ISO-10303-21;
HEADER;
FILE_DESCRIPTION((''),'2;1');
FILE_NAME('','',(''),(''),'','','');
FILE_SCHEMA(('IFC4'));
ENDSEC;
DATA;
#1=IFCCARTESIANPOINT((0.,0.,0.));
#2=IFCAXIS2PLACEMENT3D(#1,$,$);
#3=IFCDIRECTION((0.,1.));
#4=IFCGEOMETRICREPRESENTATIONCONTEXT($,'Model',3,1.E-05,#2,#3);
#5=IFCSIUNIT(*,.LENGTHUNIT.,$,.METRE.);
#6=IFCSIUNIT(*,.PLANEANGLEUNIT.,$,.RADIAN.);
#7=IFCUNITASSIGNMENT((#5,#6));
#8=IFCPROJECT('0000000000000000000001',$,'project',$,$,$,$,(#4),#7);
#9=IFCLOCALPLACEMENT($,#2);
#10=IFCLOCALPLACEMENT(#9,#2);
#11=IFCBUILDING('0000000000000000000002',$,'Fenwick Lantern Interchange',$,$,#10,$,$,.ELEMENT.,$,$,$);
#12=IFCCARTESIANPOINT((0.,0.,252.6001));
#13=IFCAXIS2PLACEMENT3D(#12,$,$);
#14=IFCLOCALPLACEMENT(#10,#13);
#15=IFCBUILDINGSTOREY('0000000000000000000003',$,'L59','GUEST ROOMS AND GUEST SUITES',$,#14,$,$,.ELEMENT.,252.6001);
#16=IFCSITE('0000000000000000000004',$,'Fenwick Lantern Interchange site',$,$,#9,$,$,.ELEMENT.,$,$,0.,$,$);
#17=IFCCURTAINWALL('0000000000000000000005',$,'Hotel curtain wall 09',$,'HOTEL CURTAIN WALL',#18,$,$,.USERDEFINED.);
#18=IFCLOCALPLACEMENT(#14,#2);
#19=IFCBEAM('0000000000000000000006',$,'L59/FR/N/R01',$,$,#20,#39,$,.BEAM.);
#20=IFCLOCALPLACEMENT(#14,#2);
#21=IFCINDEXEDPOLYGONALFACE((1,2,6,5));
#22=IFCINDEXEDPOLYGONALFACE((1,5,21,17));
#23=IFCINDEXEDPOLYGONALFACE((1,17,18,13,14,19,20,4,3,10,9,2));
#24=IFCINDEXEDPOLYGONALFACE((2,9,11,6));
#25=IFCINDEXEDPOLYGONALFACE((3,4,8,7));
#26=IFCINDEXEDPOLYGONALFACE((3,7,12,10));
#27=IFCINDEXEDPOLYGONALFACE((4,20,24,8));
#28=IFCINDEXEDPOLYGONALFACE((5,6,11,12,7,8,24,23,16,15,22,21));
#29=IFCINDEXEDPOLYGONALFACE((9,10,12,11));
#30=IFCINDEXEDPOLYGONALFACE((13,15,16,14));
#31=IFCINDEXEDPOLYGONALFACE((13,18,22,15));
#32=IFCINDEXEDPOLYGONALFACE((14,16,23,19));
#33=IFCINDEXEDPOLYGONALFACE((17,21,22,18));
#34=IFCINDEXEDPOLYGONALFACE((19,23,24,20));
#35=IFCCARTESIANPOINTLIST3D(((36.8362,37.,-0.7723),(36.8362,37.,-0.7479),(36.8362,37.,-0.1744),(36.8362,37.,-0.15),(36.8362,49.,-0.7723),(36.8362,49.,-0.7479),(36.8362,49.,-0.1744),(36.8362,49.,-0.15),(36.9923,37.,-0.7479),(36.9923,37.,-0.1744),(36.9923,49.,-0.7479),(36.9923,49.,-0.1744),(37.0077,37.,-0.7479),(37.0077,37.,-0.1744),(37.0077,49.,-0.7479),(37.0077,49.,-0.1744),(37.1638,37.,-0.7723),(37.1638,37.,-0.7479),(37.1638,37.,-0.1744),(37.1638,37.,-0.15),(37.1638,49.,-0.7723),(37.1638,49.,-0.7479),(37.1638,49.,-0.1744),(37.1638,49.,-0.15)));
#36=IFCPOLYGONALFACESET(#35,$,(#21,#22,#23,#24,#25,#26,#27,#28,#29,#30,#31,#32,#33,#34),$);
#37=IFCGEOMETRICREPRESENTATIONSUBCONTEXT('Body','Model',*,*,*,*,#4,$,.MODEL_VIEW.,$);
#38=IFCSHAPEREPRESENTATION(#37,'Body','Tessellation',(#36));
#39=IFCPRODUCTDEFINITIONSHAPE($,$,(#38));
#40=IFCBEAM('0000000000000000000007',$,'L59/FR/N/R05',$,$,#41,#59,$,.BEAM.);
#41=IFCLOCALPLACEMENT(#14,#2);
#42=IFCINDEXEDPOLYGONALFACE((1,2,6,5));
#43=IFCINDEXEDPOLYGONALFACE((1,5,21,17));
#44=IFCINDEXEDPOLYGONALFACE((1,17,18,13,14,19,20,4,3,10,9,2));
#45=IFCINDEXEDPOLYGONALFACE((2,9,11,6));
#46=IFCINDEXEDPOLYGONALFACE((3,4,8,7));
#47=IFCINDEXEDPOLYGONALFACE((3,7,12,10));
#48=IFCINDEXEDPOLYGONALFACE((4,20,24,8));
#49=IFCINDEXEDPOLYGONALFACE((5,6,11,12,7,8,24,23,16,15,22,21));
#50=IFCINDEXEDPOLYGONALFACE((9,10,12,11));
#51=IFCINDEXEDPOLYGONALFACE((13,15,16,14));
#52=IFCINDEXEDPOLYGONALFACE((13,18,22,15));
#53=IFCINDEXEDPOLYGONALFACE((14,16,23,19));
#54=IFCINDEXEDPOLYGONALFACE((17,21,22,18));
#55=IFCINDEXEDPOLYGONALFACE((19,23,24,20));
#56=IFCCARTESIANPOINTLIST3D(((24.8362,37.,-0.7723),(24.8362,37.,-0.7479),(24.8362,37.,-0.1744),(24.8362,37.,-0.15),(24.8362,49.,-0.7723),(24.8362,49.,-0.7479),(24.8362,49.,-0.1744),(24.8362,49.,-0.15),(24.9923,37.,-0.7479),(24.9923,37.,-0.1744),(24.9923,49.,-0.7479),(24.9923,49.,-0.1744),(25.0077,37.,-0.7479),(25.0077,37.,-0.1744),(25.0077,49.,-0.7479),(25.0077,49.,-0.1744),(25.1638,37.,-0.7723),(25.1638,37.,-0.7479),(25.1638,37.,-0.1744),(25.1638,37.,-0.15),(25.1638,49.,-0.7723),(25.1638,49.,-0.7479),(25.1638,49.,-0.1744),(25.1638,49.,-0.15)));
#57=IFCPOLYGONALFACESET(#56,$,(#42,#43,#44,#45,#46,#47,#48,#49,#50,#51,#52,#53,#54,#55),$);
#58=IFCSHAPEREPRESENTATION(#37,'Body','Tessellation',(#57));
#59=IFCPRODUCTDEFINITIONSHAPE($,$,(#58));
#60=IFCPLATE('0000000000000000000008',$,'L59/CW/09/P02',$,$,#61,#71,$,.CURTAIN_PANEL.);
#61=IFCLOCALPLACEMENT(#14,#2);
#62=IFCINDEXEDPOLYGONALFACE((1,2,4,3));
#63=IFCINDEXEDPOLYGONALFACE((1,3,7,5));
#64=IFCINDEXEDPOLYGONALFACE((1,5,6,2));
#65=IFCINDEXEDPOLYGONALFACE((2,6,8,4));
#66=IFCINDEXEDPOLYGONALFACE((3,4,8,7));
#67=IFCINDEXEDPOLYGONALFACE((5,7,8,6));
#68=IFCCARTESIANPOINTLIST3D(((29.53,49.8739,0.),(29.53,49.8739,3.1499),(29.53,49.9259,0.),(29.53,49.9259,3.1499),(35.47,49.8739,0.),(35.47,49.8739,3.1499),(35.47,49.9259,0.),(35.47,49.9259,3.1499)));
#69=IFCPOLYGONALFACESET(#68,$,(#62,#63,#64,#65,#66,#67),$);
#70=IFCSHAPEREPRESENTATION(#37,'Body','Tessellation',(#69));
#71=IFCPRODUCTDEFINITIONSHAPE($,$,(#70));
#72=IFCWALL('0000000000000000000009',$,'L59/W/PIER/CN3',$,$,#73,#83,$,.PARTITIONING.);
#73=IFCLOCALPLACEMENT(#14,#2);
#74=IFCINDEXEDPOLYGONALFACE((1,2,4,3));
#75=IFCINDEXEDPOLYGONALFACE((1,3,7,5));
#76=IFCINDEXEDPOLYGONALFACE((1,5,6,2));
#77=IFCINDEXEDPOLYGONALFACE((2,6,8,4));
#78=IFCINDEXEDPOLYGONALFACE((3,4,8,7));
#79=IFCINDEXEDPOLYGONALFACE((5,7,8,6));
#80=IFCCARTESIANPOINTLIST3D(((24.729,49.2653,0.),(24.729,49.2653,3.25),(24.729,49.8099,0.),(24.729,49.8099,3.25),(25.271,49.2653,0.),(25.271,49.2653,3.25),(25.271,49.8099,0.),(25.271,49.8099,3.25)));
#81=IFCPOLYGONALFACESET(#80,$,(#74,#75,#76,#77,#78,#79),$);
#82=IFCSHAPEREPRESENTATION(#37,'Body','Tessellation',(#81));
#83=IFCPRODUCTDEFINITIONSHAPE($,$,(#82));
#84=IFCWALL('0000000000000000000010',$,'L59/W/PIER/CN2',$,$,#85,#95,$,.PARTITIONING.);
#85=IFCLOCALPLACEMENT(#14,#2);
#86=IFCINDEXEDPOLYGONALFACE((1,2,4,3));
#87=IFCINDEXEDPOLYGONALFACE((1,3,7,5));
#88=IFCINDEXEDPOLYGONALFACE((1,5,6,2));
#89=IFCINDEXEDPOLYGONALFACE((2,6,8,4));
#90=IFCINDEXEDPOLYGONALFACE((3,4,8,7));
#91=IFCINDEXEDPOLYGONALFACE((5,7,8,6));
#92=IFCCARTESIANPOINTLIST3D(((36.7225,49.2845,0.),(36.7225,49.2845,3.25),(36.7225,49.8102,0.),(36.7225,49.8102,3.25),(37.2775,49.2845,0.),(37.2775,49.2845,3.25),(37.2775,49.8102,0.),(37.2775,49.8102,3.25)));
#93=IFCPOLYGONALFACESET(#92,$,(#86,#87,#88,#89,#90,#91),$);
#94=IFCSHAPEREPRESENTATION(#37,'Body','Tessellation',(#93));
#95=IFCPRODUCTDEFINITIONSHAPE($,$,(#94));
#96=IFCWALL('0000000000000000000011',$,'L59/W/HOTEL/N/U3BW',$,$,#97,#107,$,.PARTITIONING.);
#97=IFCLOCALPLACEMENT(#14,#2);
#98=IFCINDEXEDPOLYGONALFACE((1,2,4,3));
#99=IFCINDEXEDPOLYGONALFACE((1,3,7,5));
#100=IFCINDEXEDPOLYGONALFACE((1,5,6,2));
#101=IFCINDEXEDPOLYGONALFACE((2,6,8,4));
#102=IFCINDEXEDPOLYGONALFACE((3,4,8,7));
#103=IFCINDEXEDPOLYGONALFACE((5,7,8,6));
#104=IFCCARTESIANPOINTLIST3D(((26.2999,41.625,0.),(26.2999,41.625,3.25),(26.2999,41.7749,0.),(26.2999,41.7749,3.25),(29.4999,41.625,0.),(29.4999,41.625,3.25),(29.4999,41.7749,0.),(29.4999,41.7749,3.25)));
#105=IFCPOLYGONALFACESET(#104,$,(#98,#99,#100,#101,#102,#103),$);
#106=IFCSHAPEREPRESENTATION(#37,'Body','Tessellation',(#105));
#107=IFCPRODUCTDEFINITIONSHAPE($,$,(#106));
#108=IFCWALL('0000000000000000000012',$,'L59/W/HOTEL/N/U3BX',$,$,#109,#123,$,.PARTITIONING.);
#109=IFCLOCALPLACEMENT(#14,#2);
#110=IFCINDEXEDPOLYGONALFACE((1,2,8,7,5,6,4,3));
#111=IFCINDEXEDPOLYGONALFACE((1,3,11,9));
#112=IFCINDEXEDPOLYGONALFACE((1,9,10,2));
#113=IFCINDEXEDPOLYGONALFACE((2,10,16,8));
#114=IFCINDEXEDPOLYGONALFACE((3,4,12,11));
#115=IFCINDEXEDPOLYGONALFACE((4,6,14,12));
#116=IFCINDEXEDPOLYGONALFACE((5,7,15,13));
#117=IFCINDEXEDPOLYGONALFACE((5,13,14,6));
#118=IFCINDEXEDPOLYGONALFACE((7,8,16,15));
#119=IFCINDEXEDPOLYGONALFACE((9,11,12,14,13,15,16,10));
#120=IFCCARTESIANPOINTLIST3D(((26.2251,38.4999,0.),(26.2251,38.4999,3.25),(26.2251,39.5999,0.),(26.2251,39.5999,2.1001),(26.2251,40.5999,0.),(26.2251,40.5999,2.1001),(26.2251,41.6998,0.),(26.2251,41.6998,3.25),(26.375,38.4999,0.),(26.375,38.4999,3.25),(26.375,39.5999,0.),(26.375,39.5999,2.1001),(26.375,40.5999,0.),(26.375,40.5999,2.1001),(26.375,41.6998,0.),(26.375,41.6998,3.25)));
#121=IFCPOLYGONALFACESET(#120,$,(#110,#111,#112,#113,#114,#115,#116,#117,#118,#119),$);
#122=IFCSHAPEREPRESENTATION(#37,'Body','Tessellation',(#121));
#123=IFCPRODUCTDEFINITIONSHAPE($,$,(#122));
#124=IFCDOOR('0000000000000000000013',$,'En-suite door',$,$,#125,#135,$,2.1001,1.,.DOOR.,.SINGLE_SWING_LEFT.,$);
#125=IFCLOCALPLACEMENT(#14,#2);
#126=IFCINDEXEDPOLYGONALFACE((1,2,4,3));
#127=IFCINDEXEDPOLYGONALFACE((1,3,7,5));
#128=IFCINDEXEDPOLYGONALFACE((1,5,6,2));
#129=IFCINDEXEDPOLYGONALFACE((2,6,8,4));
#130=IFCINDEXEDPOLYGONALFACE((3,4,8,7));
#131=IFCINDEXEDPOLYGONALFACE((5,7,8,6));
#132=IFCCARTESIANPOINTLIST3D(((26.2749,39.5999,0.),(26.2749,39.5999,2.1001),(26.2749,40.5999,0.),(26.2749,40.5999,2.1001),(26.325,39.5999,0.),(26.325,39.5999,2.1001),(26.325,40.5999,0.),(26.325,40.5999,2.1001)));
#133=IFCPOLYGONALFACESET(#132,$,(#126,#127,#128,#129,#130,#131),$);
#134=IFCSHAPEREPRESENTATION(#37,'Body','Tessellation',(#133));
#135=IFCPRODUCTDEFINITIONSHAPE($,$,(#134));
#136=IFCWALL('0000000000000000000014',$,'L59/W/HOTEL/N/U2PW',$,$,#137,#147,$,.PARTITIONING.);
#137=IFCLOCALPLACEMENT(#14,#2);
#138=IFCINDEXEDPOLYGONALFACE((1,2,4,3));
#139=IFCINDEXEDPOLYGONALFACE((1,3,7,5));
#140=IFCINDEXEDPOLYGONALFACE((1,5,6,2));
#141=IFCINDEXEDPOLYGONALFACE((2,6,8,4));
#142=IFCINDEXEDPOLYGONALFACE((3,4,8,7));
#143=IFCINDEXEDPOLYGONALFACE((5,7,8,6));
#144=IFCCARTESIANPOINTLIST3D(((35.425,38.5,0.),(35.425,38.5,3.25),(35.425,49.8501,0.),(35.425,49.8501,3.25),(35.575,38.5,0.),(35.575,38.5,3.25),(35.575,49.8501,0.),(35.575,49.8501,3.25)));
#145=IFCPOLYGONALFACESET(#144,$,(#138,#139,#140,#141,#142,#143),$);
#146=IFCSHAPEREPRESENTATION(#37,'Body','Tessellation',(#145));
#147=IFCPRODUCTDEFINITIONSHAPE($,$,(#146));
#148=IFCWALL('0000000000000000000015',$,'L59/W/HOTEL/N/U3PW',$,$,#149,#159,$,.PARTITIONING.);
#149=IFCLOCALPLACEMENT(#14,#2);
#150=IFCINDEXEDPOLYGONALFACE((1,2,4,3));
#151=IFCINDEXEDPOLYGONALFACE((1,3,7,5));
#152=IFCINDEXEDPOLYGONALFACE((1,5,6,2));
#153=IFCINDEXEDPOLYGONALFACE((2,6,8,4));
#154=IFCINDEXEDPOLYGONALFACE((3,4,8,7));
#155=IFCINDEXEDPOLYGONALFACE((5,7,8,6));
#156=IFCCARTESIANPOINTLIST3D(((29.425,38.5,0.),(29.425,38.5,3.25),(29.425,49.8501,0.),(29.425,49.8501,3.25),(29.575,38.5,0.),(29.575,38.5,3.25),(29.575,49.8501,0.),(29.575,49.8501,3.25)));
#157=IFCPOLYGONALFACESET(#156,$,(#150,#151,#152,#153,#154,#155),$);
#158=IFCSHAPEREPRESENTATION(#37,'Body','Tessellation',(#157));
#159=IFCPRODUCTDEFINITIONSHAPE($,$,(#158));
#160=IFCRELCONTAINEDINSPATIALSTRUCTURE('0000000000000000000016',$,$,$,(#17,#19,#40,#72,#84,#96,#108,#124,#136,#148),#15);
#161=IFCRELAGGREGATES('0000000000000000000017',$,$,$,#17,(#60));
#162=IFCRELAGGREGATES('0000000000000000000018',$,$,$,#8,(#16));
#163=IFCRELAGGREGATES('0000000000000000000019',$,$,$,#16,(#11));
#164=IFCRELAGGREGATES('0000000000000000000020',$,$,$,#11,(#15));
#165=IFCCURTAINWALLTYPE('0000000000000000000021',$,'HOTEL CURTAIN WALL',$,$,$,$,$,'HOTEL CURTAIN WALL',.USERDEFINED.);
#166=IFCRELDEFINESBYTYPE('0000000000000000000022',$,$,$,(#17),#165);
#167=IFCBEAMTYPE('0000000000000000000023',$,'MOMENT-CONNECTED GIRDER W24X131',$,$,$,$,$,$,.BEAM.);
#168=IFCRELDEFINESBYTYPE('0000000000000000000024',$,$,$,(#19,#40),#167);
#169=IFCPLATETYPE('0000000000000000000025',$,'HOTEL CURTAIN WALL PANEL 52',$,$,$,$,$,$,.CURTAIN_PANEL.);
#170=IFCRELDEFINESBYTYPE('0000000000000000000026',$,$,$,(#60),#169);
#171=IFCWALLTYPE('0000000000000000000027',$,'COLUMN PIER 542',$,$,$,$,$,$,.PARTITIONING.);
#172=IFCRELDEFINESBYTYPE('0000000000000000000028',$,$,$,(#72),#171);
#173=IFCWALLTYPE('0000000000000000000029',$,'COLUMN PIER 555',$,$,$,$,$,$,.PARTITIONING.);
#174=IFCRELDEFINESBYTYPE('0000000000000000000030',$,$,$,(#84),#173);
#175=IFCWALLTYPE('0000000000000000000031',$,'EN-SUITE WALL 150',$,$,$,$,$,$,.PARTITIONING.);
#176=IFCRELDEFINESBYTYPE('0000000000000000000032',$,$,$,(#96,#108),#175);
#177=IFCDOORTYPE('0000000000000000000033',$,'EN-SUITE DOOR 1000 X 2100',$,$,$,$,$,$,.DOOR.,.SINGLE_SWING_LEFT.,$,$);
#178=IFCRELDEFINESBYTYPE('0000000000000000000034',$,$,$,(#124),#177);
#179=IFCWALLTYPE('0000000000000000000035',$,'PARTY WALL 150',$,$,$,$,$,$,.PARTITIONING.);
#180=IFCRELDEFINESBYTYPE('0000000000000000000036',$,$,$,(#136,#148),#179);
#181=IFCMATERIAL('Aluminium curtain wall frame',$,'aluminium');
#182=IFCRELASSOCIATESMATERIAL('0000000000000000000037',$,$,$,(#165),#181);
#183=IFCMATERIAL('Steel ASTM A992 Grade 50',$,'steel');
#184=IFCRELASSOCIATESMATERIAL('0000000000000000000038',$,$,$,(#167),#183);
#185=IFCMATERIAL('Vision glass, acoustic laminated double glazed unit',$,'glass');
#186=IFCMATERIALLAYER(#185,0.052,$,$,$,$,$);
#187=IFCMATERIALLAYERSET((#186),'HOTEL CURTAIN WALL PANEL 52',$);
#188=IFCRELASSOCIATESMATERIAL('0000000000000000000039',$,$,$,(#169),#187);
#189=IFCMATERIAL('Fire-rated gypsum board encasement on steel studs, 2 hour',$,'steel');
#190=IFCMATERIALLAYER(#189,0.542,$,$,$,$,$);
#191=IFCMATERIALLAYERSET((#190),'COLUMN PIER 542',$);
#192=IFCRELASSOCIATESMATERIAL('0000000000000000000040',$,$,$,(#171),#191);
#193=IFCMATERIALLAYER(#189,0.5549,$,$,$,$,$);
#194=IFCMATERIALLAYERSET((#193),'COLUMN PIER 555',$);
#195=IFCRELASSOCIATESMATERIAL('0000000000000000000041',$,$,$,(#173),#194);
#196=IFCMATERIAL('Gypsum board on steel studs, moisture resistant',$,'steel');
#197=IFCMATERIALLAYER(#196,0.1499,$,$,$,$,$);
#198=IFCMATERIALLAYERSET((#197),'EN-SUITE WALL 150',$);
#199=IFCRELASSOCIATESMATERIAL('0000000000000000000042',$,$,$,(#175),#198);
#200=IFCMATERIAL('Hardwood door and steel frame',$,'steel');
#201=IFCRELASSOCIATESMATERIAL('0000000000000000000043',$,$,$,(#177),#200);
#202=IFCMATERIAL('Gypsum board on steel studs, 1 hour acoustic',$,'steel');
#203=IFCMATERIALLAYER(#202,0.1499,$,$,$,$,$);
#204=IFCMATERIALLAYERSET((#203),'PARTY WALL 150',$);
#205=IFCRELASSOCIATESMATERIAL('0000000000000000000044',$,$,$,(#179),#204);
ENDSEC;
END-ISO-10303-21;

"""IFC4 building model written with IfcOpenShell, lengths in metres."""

from ifc_helpers import new_model, si_unit, direction, frame, frame_2d, origin, origin_2d, place, context, subcontext, project, spatial, rectangle, i_section, extrude, material, layer, layer_set, material_profile, profile_set, type_object, element, fill, aggregate, save


model = new_model("IFC4")

# Units and contexts
model_context = context("Model", 3, precision=1e-05, world=origin(), true_north=direction((0.0, 1.0)))
body_context = subcontext(model_context, "Body", "Model", "MODEL_VIEW")
ifc_project = project(units=[si_unit("LENGTHUNIT", "METRE"), si_unit("PLANEANGLEUNIT", "RADIAN")], contexts=[model_context])

# Site, building, storey
site_placement = place(None, origin())
site = spatial("IfcSite", under=ifc_project, at=site_placement, Name="Fenwick Lantern Interchange site", CompositionType="ELEMENT", RefElevation=0.0)
building_placement = place(site_placement, origin())
building = spatial("IfcBuilding", under=site, at=building_placement, Name="Fenwick Lantern Interchange", CompositionType="ELEMENT")
storey_placement = place(building_placement, frame((0.0, 0.0, 252.6001)))
storey = spatial("IfcBuildingStorey", under=building, at=storey_placement, Name="L59", Description="GUEST ROOMS AND GUEST SUITES", CompositionType="ELEMENT", Elevation=252.6001)

# Shared definitions
ifc_material_1 = material(Name="Steel ASTM A992 Grade 50", Category="steel")

# Curtain wall
ifc_material_2 = material(Name="Aluminium curtain wall frame", Category="aluminium")
curtain_wall_type = type_object("IfcCurtainWallType", Name="HOTEL CURTAIN WALL", ElementType="HOTEL CURTAIN WALL", PredefinedType="USERDEFINED", material=ifc_material_2)
curtain_wall_placement = place(storey_placement, origin())
curtain_wall = element("IfcCurtainWall", 1, at=curtain_wall_placement, inside=storey, type_object=curtain_wall_type, Name="Hotel curtain wall 09", ObjectType="HOTEL CURTAIN WALL", PredefinedType="USERDEFINED")

# Beams
ifc_material_profile_1 = material_profile(ifc_material_1, i_section(OverallWidth=0.3276, OverallDepth=0.6223, WebThickness=0.0154, FlangeThickness=0.0244, at=origin_2d()), Name="W24X131")
ifc_profile_set_1 = profile_set([ifc_material_profile_1], Name="Steel ASTM A992 Grade 50")
beam_type_1 = type_object("IfcBeamType", Name="MOMENT-CONNECTED GIRDER W24X131", PredefinedType="BEAM", material=ifc_profile_set_1)
for number, where, z_axis, x_axis, name in (
    (2, (37.0, 49.0, -0.4612), (0.0, -1.0, 0.0), (1.0, 0.0, 0.0), "L59/FR/N/R01"),
    (3, (25.0, 49.0, -0.4612), (0.0, -1.0, 0.0), (1.0, 0.0, 0.0), "L59/FR/N/R05"),
):
    element("IfcBeam", number, at=place(storey_placement, frame(where, z_axis=z_axis, x_axis=x_axis)), inside=storey, type_object=beam_type_1, Name=name, PredefinedType="BEAM", context=body_context, shape_type="SweptSolid", body=[
        extrude(i_section(OverallWidth=0.3276, OverallDepth=0.6223, WebThickness=0.0154, FlangeThickness=0.0244, at=origin_2d()), origin(), (0.0, 0.0, 1.0), 12.0),
    ])

# Plate
ifc_material_3 = material(Name="Vision glass, acoustic laminated double glazed unit", Category="glass")
ifc_layer_1 = layer(ifc_material_3, 0.052)
ifc_layer_set_1 = layer_set([ifc_layer_1], Name="HOTEL CURTAIN WALL PANEL 52")
plate_type = type_object("IfcPlateType", Name="HOTEL CURTAIN WALL PANEL 52", PredefinedType="CURTAIN_PANEL", material=ifc_layer_set_1)
plate_placement = place(storey_placement, frame((32.5, 49.8999, 0.0), z_axis=(0.0, 0.0, 1.0), x_axis=(-1.0, 0.0, 0.0)))
plate = element("IfcPlate", 4, at=plate_placement, type_object=plate_type, Name="L59/CW/09/P02", PredefinedType="CURTAIN_PANEL", context=body_context, shape_type="SweptSolid", body=[
    extrude(rectangle(XDim=5.9399, YDim=0.052, at=origin_2d()), origin(), (0.0, 0.0, 1.0), 3.1499),
])
aggregate(curtain_wall, [plate])

# Walls
ifc_material_4 = material(Name="Fire-rated gypsum board encasement on steel studs, 2 hour", Category="steel")
ifc_layer_2 = layer(ifc_material_4, 0.542)
ifc_layer_set_2 = layer_set([ifc_layer_2], Name="COLUMN PIER 542")
wall_type_1 = type_object("IfcWallType", Name="COLUMN PIER 542", PredefinedType="PARTITIONING", material=ifc_layer_set_2)
wall_1_placement = place(storey_placement, frame((25.0, 49.8101, 0.0), z_axis=(0.0, 0.0, 1.0), x_axis=(0.0, -1.0, 0.0)))
element("IfcWall", 5, at=wall_1_placement, inside=storey, type_object=wall_type_1, Name="L59/W/PIER/CN3", PredefinedType="PARTITIONING", context=body_context, shape_type="SweptSolid", body=[
    extrude(rectangle(XDim=0.5447, YDim=0.542, at=frame_2d((0.2725, 0.0))), origin(), (0.0, 0.0, 1.0), 3.25),
])
ifc_layer_3 = layer(ifc_material_4, 0.5549)
ifc_layer_set_3 = layer_set([ifc_layer_3], Name="COLUMN PIER 555")
wall_type_2 = type_object("IfcWallType", Name="COLUMN PIER 555", PredefinedType="PARTITIONING", material=ifc_layer_set_3)
wall_2_placement = place(storey_placement, frame((37.0, 49.8101, 0.0), z_axis=(0.0, 0.0, 1.0), x_axis=(0.0, -1.0, 0.0)))
element("IfcWall", 6, at=wall_2_placement, inside=storey, type_object=wall_type_2, Name="L59/W/PIER/CN2", PredefinedType="PARTITIONING", context=body_context, shape_type="SweptSolid", body=[
    extrude(rectangle(XDim=0.5256, YDim=0.5549, at=frame_2d((0.2627, 0.0))), origin(), (0.0, 0.0, 1.0), 3.25),
])
ifc_material_5 = material(Name="Gypsum board on steel studs, moisture resistant", Category="steel")
ifc_layer_4 = layer(ifc_material_5, 0.1499)
ifc_layer_set_4 = layer_set([ifc_layer_4], Name="EN-SUITE WALL 150")
wall_type_3 = type_object("IfcWallType", Name="EN-SUITE WALL 150", PredefinedType="PARTITIONING", material=ifc_layer_set_4)
wall_3_placement = place(storey_placement, frame((29.5, 41.7, 0.0), z_axis=(0.0, 0.0, 1.0), x_axis=(-1.0, 0.0, 0.0)))
element("IfcWall", 7, at=wall_3_placement, inside=storey, type_object=wall_type_3, Name="L59/W/HOTEL/N/U3BW", PredefinedType="PARTITIONING", context=body_context, shape_type="SweptSolid", body=[
    extrude(rectangle(XDim=3.2, YDim=0.1499, at=frame_2d((1.6001, 0.0))), origin(), (0.0, 0.0, 1.0), 3.25),
])

# Wall, opening, door
wall_4_placement = place(storey_placement, frame((26.3, 41.7, 0.0), z_axis=(0.0, 0.0, 1.0), x_axis=(0.0, -1.0, 0.0)))
wall_4 = element("IfcWall", 8, at=wall_4_placement, inside=storey, type_object=wall_type_3, Name="L59/W/HOTEL/N/U3BX", PredefinedType="PARTITIONING", context=body_context, shape_type="SweptSolid", body=[
    extrude(rectangle(XDim=3.2, YDim=0.1499, at=frame_2d((1.6001, 0.0))), origin(), (0.0, 0.0, 1.0), 3.25),
])
opening_placement = place(wall_4_placement, frame((1.1001, 0.0, 0.0)))
opening = element("IfcOpeningElement", 9, at=opening_placement, cuts=wall_4, PredefinedType="OPENING", context=body_context, shape_type="SweptSolid", body=[
    extrude(rectangle(XDim=1.0, YDim=2.1001, at=frame_2d((0.5, 1.05))), frame((0.0, 0.085, 0.0), z_axis=(0.0, -1.0, 0.0), x_axis=(1.0, 0.0, 0.0)), (0.0, 0.0, 1.0), 0.1699),
])
ifc_material_6 = material(Name="Hardwood door and steel frame", Category="steel")
door_type = type_object("IfcDoorType", Name="EN-SUITE DOOR 1000 X 2100", OperationType="SINGLE_SWING_LEFT", PredefinedType="DOOR", material=ifc_material_6)
door_placement = place(opening_placement, origin())
door = element("IfcDoor", 10, at=door_placement, inside=storey, type_object=door_type, Name="En-suite door", OperationType="SINGLE_SWING_LEFT", OverallHeight=2.1001, OverallWidth=1.0, PredefinedType="DOOR", context=body_context, shape_type="SweptSolid", body=[
    extrude(rectangle(XDim=1.0, YDim=2.1001, at=frame_2d((0.5, 1.05))), frame((0.0, 0.0249, 0.0), z_axis=(0.0, -1.0, 0.0), x_axis=(1.0, 0.0, 0.0)), (0.0, 0.0, 1.0), 0.05),
])
fill(opening, door)

# Walls
ifc_material_7 = material(Name="Gypsum board on steel studs, 1 hour acoustic", Category="steel")
ifc_layer_5 = layer(ifc_material_7, 0.1499)
ifc_layer_set_5 = layer_set([ifc_layer_5], Name="PARTY WALL 150")
wall_type_4 = type_object("IfcWallType", Name="PARTY WALL 150", PredefinedType="PARTITIONING", material=ifc_layer_set_5)
for number, where, z_axis, x_axis, name in (
    (11, (35.5, 49.8501, 0.0), (0.0, 0.0, 1.0), (0.0, -1.0, 0.0), "L59/W/HOTEL/N/U2PW"),
    (12, (29.5, 49.8501, 0.0), (0.0, 0.0, 1.0), (0.0, -1.0, 0.0), "L59/W/HOTEL/N/U3PW"),
):
    element("IfcWall", number, at=place(storey_placement, frame(where, z_axis=z_axis, x_axis=x_axis)), inside=storey, type_object=wall_type_4, Name=name, PredefinedType="PARTITIONING", context=body_context, shape_type="SweptSolid", body=[
        extrude(rectangle(XDim=11.3501, YDim=0.1499, at=frame_2d((5.675, 0.0))), origin(), (0.0, 0.0, 1.0), 3.25),
    ])

save(model, "model.ifc")
